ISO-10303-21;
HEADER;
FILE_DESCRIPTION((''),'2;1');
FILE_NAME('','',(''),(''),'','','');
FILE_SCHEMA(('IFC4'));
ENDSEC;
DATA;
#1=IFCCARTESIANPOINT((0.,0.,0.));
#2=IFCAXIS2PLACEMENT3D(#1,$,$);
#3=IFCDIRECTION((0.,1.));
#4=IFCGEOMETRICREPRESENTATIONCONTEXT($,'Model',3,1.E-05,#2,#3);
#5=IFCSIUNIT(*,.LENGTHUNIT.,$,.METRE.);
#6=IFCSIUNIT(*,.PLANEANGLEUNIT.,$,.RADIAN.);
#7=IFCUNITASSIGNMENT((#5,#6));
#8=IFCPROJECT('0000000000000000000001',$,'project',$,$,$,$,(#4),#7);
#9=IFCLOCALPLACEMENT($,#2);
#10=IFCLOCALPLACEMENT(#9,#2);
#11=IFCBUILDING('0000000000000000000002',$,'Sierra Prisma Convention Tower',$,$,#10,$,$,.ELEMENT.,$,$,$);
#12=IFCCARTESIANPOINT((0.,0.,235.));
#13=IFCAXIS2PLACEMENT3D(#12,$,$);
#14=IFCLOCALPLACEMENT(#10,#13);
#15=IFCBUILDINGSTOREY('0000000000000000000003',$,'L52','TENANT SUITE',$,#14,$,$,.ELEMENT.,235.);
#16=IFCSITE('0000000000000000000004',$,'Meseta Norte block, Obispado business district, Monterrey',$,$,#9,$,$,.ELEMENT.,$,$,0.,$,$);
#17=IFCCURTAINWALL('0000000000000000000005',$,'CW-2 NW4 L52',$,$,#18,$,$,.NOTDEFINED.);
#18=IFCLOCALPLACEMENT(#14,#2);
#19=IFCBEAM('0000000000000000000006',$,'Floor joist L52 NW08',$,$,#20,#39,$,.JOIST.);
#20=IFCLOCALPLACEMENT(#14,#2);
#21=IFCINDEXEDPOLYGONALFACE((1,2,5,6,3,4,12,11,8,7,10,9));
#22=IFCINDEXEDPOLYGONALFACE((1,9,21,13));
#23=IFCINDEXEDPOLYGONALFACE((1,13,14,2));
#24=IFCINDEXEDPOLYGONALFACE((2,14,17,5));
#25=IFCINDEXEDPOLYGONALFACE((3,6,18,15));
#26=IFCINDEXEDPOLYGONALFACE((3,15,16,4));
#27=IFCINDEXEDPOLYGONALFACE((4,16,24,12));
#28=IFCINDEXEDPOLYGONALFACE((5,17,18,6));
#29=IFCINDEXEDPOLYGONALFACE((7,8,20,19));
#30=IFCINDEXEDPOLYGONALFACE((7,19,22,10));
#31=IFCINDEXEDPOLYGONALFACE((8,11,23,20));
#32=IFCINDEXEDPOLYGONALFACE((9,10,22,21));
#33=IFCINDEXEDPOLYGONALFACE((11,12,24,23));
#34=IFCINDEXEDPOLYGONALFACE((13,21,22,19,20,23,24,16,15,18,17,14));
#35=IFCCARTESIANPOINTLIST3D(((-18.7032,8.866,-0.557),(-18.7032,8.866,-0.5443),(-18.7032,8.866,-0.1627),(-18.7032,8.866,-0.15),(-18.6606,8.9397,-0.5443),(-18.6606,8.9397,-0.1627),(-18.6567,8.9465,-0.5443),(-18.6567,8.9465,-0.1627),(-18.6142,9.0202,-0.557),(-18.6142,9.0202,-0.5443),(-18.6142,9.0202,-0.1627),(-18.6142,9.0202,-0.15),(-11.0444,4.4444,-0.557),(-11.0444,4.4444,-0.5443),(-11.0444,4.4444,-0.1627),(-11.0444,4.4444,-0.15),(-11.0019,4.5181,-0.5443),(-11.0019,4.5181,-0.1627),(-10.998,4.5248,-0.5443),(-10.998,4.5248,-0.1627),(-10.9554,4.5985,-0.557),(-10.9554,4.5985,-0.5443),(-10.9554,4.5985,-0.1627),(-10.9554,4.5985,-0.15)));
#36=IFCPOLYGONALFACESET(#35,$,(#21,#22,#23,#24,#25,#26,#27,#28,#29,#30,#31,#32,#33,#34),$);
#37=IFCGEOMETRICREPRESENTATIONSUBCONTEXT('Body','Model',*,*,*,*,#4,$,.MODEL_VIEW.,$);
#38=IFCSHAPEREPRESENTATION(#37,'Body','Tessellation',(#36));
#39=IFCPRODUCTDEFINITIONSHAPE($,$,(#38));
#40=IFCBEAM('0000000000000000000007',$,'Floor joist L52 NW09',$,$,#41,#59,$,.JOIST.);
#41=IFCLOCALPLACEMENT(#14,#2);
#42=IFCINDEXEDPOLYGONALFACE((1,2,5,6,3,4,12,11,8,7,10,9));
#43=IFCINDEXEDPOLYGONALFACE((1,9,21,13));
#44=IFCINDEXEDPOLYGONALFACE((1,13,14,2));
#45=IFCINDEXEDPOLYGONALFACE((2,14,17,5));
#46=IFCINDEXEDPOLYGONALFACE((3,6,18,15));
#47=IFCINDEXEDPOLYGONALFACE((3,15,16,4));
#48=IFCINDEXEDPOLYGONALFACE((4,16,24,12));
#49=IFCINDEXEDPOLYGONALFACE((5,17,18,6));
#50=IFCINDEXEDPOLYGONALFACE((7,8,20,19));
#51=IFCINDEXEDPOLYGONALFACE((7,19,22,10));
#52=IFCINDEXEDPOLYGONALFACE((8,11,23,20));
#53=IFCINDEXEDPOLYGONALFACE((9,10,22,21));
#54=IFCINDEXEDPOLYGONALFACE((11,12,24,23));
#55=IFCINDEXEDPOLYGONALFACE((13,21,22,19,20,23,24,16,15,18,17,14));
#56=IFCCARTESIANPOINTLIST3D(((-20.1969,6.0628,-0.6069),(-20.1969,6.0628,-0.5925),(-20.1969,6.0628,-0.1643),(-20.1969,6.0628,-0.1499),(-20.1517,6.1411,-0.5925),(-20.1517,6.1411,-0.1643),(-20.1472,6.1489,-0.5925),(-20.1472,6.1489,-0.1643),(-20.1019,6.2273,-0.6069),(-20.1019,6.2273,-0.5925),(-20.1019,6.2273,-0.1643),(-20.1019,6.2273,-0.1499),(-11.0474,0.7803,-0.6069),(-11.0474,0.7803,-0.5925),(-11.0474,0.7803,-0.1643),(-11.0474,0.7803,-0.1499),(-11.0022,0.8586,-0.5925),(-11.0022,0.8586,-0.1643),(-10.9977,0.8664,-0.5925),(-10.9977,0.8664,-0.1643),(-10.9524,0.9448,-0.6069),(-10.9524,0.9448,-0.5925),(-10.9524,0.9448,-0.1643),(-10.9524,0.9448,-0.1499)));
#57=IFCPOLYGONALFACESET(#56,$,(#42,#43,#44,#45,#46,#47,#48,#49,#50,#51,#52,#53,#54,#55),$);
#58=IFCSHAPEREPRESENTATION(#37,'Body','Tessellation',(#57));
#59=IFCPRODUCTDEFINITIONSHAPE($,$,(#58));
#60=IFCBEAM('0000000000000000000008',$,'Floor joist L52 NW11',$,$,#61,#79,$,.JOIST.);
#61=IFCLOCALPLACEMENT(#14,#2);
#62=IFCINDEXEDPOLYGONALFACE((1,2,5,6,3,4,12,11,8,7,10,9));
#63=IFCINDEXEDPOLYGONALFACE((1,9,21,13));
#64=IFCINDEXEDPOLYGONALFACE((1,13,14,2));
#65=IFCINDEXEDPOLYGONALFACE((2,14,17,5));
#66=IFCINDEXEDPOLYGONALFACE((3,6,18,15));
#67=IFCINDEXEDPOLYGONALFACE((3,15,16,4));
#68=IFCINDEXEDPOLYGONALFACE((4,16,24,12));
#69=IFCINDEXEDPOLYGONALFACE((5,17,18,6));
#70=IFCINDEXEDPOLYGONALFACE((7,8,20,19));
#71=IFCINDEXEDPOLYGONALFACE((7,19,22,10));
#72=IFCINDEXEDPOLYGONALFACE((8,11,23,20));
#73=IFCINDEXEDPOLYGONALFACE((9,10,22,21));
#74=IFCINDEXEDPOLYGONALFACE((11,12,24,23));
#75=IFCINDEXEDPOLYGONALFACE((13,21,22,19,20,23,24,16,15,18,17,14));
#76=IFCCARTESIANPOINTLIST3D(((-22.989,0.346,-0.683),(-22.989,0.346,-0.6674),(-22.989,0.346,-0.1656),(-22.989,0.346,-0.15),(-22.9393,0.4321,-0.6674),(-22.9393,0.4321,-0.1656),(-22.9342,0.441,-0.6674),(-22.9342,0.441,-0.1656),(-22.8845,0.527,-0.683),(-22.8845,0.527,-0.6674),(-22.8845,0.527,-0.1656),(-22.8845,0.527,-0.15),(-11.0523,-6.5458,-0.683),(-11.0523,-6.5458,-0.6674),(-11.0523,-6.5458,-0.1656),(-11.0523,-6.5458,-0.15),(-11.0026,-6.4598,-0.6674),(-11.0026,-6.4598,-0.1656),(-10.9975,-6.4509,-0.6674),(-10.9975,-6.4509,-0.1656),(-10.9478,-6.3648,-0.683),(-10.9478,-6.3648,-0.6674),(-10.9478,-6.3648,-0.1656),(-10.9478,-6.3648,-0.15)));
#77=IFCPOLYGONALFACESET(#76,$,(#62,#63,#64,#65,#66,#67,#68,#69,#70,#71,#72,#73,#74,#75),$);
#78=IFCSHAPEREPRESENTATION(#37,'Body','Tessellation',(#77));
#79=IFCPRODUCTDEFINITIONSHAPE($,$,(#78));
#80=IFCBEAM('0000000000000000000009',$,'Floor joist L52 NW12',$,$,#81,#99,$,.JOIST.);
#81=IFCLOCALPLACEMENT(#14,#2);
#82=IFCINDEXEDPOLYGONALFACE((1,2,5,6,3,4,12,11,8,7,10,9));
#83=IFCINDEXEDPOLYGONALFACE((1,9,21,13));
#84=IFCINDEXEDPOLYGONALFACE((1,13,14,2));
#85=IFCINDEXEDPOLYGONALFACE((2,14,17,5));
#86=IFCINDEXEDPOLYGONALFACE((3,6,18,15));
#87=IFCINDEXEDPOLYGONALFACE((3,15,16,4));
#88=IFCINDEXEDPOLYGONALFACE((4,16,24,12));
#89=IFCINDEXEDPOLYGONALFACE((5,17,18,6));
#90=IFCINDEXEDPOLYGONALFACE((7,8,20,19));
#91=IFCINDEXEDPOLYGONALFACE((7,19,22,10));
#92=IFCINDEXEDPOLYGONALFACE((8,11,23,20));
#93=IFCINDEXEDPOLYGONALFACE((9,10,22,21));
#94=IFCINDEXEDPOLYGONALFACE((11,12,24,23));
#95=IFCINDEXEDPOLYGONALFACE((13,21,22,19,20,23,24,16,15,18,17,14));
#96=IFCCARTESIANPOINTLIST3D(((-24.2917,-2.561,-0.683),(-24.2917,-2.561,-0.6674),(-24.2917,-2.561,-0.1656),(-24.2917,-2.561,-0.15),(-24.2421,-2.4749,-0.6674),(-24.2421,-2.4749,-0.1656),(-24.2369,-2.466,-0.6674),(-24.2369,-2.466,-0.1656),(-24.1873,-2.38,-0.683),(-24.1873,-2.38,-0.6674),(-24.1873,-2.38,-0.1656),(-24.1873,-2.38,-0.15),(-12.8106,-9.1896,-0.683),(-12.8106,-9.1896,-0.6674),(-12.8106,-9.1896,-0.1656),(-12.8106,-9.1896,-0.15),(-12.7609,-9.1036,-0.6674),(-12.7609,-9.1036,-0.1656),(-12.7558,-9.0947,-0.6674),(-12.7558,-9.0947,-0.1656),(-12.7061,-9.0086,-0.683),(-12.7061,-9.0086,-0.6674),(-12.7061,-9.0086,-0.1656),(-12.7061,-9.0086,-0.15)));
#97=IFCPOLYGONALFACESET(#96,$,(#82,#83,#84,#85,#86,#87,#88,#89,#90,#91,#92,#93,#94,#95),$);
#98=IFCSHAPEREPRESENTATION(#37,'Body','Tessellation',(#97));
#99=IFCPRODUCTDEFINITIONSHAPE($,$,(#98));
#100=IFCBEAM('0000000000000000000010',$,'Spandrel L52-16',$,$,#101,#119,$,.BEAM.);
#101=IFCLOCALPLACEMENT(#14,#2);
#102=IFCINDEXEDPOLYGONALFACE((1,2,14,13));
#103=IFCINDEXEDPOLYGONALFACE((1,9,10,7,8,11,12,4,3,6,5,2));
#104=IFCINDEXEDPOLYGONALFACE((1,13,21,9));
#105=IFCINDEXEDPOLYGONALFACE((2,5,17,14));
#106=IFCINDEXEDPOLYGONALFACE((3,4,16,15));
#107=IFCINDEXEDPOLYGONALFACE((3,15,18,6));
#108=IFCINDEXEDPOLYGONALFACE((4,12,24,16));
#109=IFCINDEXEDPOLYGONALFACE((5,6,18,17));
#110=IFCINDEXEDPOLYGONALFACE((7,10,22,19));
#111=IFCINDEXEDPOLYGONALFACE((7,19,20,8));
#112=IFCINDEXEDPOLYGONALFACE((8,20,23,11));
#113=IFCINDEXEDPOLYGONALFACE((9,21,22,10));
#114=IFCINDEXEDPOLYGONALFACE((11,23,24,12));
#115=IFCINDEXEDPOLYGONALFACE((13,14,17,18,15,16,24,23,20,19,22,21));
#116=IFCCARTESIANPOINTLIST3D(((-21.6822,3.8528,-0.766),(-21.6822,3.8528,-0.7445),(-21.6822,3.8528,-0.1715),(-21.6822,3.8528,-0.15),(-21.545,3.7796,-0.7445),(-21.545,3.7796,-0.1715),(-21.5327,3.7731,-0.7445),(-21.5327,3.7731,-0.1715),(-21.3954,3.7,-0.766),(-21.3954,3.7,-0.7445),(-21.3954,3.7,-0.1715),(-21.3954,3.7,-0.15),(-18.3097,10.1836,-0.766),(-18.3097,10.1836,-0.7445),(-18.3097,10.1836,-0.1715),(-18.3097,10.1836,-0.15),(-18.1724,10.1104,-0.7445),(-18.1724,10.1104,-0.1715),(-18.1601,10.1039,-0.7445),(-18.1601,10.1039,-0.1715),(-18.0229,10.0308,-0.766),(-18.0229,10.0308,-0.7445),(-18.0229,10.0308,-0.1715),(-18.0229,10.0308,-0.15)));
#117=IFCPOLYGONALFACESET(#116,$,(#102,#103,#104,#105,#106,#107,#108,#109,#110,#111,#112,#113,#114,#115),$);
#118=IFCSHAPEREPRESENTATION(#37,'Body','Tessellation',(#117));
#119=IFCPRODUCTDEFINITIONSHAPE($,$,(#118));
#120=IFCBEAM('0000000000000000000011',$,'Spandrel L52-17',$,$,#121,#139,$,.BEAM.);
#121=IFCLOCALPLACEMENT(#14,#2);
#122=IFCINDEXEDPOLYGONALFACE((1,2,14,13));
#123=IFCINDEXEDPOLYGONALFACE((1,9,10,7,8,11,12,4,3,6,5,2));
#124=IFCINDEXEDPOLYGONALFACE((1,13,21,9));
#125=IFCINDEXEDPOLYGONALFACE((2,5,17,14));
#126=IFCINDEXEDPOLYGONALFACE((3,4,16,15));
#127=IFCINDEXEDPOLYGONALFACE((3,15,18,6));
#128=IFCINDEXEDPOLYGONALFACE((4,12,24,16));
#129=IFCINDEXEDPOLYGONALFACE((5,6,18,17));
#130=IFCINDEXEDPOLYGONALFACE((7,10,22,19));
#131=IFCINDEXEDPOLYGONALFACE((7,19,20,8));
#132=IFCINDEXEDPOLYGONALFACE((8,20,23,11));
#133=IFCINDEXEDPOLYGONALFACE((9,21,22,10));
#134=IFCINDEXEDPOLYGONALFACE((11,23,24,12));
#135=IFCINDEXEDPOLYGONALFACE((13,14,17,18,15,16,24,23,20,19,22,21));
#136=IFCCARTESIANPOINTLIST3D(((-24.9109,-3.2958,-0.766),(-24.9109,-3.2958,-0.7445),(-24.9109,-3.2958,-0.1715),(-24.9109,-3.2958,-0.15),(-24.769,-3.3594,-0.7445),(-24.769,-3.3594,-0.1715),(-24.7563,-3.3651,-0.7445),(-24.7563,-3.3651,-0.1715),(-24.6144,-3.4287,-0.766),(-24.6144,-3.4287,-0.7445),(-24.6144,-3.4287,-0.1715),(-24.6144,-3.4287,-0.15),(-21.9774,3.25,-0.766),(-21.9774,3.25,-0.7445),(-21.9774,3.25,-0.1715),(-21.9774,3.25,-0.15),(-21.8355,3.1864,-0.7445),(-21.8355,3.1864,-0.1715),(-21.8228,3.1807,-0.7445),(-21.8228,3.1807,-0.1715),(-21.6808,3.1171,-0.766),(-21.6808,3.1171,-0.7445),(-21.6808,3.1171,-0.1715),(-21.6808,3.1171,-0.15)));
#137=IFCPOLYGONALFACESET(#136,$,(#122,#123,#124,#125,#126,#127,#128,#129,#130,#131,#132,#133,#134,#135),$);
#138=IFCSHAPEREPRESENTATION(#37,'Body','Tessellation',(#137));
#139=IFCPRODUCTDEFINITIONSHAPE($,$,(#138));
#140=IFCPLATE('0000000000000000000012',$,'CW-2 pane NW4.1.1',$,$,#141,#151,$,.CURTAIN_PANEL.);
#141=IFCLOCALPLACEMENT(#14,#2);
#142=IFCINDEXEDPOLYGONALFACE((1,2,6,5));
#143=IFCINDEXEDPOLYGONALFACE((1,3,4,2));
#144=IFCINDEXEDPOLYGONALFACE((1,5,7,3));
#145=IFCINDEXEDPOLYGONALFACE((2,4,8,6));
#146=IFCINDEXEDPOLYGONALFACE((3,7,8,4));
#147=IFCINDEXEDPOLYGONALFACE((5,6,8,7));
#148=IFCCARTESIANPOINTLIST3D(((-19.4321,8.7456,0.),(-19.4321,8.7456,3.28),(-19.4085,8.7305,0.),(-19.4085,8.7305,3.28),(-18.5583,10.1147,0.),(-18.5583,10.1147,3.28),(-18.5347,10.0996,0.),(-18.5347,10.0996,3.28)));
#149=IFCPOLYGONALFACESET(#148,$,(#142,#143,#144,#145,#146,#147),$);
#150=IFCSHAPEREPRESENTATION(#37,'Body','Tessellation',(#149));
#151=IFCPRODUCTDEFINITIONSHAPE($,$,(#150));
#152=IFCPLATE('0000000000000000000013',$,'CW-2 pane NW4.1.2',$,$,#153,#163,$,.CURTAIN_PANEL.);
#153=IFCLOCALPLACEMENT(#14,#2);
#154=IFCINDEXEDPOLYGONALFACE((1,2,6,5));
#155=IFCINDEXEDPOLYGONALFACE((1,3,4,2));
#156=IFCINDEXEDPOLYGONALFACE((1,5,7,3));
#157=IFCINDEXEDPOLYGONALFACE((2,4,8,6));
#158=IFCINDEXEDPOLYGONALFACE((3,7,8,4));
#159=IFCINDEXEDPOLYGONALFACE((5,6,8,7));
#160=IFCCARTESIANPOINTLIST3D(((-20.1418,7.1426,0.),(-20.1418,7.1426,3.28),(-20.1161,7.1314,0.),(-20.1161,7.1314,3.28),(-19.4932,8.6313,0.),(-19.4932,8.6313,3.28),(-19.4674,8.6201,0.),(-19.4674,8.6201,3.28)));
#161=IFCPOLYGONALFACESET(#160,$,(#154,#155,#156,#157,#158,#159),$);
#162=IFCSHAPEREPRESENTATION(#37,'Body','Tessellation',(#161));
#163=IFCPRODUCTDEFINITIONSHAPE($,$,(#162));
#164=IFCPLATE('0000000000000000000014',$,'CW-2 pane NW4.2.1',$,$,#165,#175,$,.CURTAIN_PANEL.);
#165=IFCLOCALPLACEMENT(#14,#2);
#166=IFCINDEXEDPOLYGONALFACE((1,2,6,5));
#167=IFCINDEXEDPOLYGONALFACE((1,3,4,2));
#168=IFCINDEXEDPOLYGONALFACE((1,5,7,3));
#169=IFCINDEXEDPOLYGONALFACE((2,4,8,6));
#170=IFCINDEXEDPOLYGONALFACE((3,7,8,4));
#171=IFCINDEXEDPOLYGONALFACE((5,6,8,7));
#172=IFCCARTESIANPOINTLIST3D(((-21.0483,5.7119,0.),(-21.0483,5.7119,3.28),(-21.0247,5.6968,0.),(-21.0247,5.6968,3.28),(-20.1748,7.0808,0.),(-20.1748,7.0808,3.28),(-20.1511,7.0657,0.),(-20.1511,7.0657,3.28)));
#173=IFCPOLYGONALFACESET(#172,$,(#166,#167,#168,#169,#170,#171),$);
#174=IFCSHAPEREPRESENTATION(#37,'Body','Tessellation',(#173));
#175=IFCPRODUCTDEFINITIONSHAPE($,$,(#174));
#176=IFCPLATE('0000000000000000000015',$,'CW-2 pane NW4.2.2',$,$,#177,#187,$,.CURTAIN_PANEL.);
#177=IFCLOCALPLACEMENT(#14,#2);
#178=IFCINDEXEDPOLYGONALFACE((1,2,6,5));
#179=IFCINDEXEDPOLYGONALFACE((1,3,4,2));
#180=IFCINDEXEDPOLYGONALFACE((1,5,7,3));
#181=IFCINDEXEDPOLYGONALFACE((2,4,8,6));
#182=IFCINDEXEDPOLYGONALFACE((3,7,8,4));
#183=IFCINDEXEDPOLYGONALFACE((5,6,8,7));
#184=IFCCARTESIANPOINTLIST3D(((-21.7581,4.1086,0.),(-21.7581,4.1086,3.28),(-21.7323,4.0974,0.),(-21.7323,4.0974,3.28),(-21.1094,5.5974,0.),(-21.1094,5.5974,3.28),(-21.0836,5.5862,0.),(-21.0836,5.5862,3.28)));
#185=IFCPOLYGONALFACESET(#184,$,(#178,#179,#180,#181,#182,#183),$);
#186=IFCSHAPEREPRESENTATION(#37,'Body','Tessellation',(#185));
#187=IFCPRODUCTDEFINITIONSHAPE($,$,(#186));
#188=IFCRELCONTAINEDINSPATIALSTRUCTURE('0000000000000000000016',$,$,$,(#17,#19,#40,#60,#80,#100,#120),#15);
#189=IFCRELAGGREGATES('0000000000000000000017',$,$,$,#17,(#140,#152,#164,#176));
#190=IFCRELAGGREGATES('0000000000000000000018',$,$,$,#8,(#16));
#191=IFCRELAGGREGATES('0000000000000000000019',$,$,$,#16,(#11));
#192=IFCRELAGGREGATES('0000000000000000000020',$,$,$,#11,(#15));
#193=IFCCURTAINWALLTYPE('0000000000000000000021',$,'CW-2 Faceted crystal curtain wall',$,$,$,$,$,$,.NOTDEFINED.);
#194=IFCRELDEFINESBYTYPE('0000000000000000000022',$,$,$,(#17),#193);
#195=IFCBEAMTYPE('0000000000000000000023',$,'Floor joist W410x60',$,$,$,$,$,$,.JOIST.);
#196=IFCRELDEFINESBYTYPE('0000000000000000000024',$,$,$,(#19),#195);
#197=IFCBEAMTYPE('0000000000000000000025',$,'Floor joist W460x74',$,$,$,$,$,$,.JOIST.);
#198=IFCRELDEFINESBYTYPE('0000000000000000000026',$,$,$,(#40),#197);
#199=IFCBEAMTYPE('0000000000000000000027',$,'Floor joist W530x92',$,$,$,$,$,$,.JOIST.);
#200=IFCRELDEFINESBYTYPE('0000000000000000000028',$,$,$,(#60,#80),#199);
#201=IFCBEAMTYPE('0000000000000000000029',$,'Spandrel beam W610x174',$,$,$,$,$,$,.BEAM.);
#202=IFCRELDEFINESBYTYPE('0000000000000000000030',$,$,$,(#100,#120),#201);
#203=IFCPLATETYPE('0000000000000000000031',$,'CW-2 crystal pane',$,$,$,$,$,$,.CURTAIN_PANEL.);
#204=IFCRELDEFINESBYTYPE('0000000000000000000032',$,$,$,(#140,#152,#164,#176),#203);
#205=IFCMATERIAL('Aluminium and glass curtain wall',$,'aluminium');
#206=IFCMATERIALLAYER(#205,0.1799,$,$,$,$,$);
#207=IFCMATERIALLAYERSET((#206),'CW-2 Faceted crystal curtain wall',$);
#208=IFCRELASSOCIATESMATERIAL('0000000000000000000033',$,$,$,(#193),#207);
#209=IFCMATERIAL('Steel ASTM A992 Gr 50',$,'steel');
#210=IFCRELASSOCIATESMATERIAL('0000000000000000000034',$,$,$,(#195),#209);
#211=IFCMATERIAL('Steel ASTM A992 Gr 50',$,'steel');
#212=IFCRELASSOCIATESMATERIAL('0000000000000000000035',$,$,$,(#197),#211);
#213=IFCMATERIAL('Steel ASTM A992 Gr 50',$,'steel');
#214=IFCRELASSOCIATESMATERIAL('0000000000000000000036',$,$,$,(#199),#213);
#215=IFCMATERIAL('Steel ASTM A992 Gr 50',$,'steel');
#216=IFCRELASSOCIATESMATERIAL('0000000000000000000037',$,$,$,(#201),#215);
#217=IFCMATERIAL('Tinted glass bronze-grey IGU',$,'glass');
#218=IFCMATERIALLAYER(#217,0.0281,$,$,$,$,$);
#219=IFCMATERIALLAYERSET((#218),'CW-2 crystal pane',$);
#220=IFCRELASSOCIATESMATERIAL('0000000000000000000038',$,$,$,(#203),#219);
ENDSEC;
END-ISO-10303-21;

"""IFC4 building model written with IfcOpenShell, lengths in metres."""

from ifc_helpers import new_model, si_unit, direction, frame, origin, origin_2d, place, context, subcontext, project, spatial, polyline, i_section, outline, extrude, material, layer, layer_set, material_profile, profile_set, type_object, element, aggregate, save


model = new_model("IFC4")

# Units and contexts
model_context = context("Model", 3, precision=1e-05, world=origin(), true_north=direction((0.0, 1.0)))
body_context = subcontext(model_context, "Body", "Model", "MODEL_VIEW")
ifc_project = project(units=[si_unit("LENGTHUNIT", "METRE"), si_unit("PLANEANGLEUNIT", "RADIAN")], contexts=[model_context])

# Site, building, storey
site_placement = place(None, origin())
site = spatial("IfcSite", under=ifc_project, at=site_placement, Name="Meseta Norte block, Obispado business district, Monterrey", CompositionType="ELEMENT", RefElevation=0.0)
building_placement = place(site_placement, origin())
building = spatial("IfcBuilding", under=site, at=building_placement, Name="Sierra Prisma Convention Tower", CompositionType="ELEMENT")
storey_placement = place(building_placement, frame((0.0, 0.0, 235.0)))
storey = spatial("IfcBuildingStorey", under=building, at=storey_placement, Name="L52", Description="TENANT SUITE", CompositionType="ELEMENT", Elevation=235.0)

# Curtain wall
ifc_material_1 = material(Name="Aluminium and glass curtain wall", Category="aluminium")
ifc_layer_1 = layer(ifc_material_1, 0.1799)
ifc_layer_set_1 = layer_set([ifc_layer_1], Name="CW-2 Faceted crystal curtain wall")
curtain_wall_type = type_object("IfcCurtainWallType", Name="CW-2 Faceted crystal curtain wall", PredefinedType="NOTDEFINED", material=ifc_layer_set_1)
curtain_wall_1_placement = place(storey_placement, origin())
curtain_wall_1 = element("IfcCurtainWall", 1, at=curtain_wall_1_placement, inside=storey, type_object=curtain_wall_type, Name="CW-2 NW4 L52", PredefinedType="NOTDEFINED")

# Beams
ifc_material_2 = material(Name="Steel ASTM A992 Gr 50", Category="steel")
ifc_material_profile_1 = material_profile(ifc_material_2, i_section(OverallWidth=0.178, OverallDepth=0.407, WebThickness=0.0078, FlangeThickness=0.0127, at=origin_2d()), Name="W410x60")
ifc_profile_set_1 = profile_set([ifc_material_profile_1], Name="Steel ASTM A992 Gr 50")
beam_type_1 = type_object("IfcBeamType", Name="Floor joist W410x60", PredefinedType="JOIST", material=ifc_profile_set_1)
beam_1_placement = place(storey_placement, frame((-18.6587, 8.9431, -0.3535), z_axis=(0.866031, -0.49999, 0.0), x_axis=(0.49999, 0.866031, 0.0)))
element("IfcBeam", 2, at=beam_1_placement, inside=storey, type_object=beam_type_1, Name="Floor joist L52 NW08", PredefinedType="JOIST", context=body_context, shape_type="SweptSolid", body=[
    extrude(i_section(OverallWidth=0.178, OverallDepth=0.407, WebThickness=0.0078, FlangeThickness=0.0127, at=origin_2d()), origin(), (0.0, 0.0, 1.0), 8.8435),
])
ifc_material_3 = material(Name="Steel ASTM A992 Gr 50", Category="steel")
ifc_material_profile_2 = material_profile(ifc_material_3, i_section(OverallWidth=0.1899, OverallDepth=0.457, WebThickness=0.009, FlangeThickness=0.0144, at=origin_2d()), Name="W460x74")
ifc_profile_set_2 = profile_set([ifc_material_profile_2], Name="Steel ASTM A992 Gr 50")
beam_type_2 = type_object("IfcBeamType", Name="Floor joist W460x74", PredefinedType="JOIST", material=ifc_profile_set_2)
beam_2_placement = place(storey_placement, frame((-20.1494, 6.145, -0.3784), z_axis=(0.866023, -0.500004, 0.0), x_axis=(0.500004, 0.866023, 0.0)))
element("IfcBeam", 3, at=beam_2_placement, inside=storey, type_object=beam_type_2, Name="Floor joist L52 NW09", PredefinedType="JOIST", context=body_context, shape_type="SweptSolid", body=[
    extrude(i_section(OverallWidth=0.1899, OverallDepth=0.457, WebThickness=0.009, FlangeThickness=0.0144, at=origin_2d()), origin(), (0.0, 0.0, 1.0), 10.5649),
])
ifc_material_4 = material(Name="Steel ASTM A992 Gr 50", Category="steel")
ifc_material_profile_3 = material_profile(ifc_material_4, i_section(OverallWidth=0.209, OverallDepth=0.533, WebThickness=0.0103, FlangeThickness=0.0156, at=origin_2d()), Name="W530x92")
ifc_profile_set_3 = profile_set([ifc_material_profile_3], Name="Steel ASTM A992 Gr 50")
beam_type_3 = type_object("IfcBeamType", Name="Floor joist W530x92", PredefinedType="JOIST", material=ifc_profile_set_3)
beam_3_placement = place(storey_placement, frame((-22.9368, 0.4365, -0.4165), z_axis=(0.866021, -0.500008, 0.0), x_axis=(0.500008, 0.866021, 0.0)))
element("IfcBeam", 4, at=beam_3_placement, inside=storey, type_object=beam_type_3, Name="Floor joist L52 NW11", PredefinedType="JOIST", context=body_context, shape_type="SweptSolid", body=[
    extrude(i_section(OverallWidth=0.209, OverallDepth=0.533, WebThickness=0.0103, FlangeThickness=0.0156, at=origin_2d()), origin(), (0.0, 0.0, 1.0), 13.7834),
])
beam_4_placement = place(storey_placement, frame((-24.2395, -2.4705, -0.4165), z_axis=(0.866026, -0.499999, 0.0), x_axis=(0.499999, 0.866026, 0.0)))
element("IfcBeam", 5, at=beam_4_placement, inside=storey, type_object=beam_type_3, Name="Floor joist L52 NW12", PredefinedType="JOIST", context=body_context, shape_type="SweptSolid", body=[
    extrude(i_section(OverallWidth=0.209, OverallDepth=0.533, WebThickness=0.0103, FlangeThickness=0.0156, at=origin_2d()), origin(), (0.0, 0.0, 1.0), 13.2573),
])
ifc_material_5 = material(Name="Steel ASTM A992 Gr 50", Category="steel")
ifc_material_profile_4 = material_profile(ifc_material_5, i_section(OverallWidth=0.325, OverallDepth=0.616, WebThickness=0.0139, FlangeThickness=0.0215, at=origin_2d()), Name="W610x174")
ifc_profile_set_4 = profile_set([ifc_material_profile_4], Name="Steel ASTM A992 Gr 50")
beam_type_4 = type_object("IfcBeamType", Name="Spandrel beam W610x174", PredefinedType="BEAM", material=ifc_profile_set_4)
for number, where, z_axis, x_axis, name in (
    (6, (-18.1663, 10.1072, -0.458), (-0.470168, -0.882577, 0.0), (0.882577, -0.470168, 0.0), "Spandrel L52-16"),
    (7, (-21.8291, 3.1836, -0.458), (-0.408966, -0.91255, 0.0), (0.91255, -0.408966, 0.0), "Spandrel L52-17"),
):
    element("IfcBeam", number, at=place(storey_placement, frame(where, z_axis=z_axis, x_axis=x_axis)), inside=storey, type_object=beam_type_4, Name=name, PredefinedType="BEAM", context=body_context, shape_type="SweptSolid", body=[
        extrude(i_section(OverallWidth=0.325, OverallDepth=0.616, WebThickness=0.0139, FlangeThickness=0.0215, at=origin_2d()), origin(), (0.0, 0.0, 1.0), 7.1731),
    ])

# Plates
ifc_material_6 = material(Name="Tinted glass bronze-grey IGU", Category="glass")
ifc_layer_2 = layer(ifc_material_6, 0.0281)
ifc_layer_set_2 = layer_set([ifc_layer_2], Name="CW-2 crystal pane")
plate_type = type_object("IfcPlateType", Name="CW-2 crystal pane", PredefinedType="CURTAIN_PANEL", material=ifc_layer_set_2)
plate_1_placement = place(storey_placement, frame((-18.5583, 10.1147, 0.0), z_axis=(-0.842961, 0.537974, 0.0), x_axis=(-0.537974, -0.842961, 0.0)))
plate_1 = element("IfcPlate", 8, at=plate_1_placement, type_object=plate_type, Name="CW-2 pane NW4.1.1", PredefinedType="CURTAIN_PANEL", context=body_context, shape_type="SweptSolid", body=[
    extrude(outline(polyline([(0.0, 0.0), (1.6242, 0.0), (1.6242, 3.28), (0.0, 3.28), (0.0, 0.0)])), origin(), (0.0, 0.0, -1.0), 0.0281),
])
plate_2_placement = place(storey_placement, frame((-20.1418, 7.1426, 0.0), z_axis=(-0.916757, 0.399446, 0.0), x_axis=(0.399446, 0.916757, 0.0)))
plate_2 = element("IfcPlate", 9, at=plate_2_placement, type_object=plate_type, Name="CW-2 pane NW4.1.2", PredefinedType="CURTAIN_PANEL", context=body_context, shape_type="SweptSolid", body=[
    extrude(outline(polyline([(0.0, 0.0), (1.624, 0.0), (1.624, -3.28), (0.0, -3.28), (0.0, 0.0)])), origin(), (0.0, 0.0, -1.0), 0.0281),
])
plate_3_placement = place(storey_placement, frame((-20.1748, 7.0808, 0.0), z_axis=(-0.842986, 0.537935, 0.0), x_axis=(-0.537935, -0.842986, 0.0)))
plate_3 = element("IfcPlate", 10, at=plate_3_placement, type_object=plate_type, Name="CW-2 pane NW4.2.1", PredefinedType="CURTAIN_PANEL", context=body_context, shape_type="SweptSolid", body=[
    extrude(outline(polyline([(0.0, 0.0), (1.6239, 0.0), (1.6239, 3.28), (0.0, 3.28), (0.0, 0.0)])), origin(), (0.0, 0.0, -1.0), 0.0281),
])
plate_4_placement = place(storey_placement, frame((-21.7581, 4.1086, 0.0), z_axis=(-0.916757, 0.399446, 0.0), x_axis=(0.399446, 0.916757, 0.0)))
plate_4 = element("IfcPlate", 11, at=plate_4_placement, type_object=plate_type, Name="CW-2 pane NW4.2.2", PredefinedType="CURTAIN_PANEL", context=body_context, shape_type="SweptSolid", body=[
    extrude(outline(polyline([(0.0, 0.0), (1.624, 0.0), (1.624, -3.28), (0.0, -3.28), (0.0, 0.0)])), origin(), (0.0, 0.0, -1.0), 0.0281),
])
aggregate(curtain_wall_1, [plate_1, plate_2, plate_3, plate_4])

save(model, "model.ifc")
